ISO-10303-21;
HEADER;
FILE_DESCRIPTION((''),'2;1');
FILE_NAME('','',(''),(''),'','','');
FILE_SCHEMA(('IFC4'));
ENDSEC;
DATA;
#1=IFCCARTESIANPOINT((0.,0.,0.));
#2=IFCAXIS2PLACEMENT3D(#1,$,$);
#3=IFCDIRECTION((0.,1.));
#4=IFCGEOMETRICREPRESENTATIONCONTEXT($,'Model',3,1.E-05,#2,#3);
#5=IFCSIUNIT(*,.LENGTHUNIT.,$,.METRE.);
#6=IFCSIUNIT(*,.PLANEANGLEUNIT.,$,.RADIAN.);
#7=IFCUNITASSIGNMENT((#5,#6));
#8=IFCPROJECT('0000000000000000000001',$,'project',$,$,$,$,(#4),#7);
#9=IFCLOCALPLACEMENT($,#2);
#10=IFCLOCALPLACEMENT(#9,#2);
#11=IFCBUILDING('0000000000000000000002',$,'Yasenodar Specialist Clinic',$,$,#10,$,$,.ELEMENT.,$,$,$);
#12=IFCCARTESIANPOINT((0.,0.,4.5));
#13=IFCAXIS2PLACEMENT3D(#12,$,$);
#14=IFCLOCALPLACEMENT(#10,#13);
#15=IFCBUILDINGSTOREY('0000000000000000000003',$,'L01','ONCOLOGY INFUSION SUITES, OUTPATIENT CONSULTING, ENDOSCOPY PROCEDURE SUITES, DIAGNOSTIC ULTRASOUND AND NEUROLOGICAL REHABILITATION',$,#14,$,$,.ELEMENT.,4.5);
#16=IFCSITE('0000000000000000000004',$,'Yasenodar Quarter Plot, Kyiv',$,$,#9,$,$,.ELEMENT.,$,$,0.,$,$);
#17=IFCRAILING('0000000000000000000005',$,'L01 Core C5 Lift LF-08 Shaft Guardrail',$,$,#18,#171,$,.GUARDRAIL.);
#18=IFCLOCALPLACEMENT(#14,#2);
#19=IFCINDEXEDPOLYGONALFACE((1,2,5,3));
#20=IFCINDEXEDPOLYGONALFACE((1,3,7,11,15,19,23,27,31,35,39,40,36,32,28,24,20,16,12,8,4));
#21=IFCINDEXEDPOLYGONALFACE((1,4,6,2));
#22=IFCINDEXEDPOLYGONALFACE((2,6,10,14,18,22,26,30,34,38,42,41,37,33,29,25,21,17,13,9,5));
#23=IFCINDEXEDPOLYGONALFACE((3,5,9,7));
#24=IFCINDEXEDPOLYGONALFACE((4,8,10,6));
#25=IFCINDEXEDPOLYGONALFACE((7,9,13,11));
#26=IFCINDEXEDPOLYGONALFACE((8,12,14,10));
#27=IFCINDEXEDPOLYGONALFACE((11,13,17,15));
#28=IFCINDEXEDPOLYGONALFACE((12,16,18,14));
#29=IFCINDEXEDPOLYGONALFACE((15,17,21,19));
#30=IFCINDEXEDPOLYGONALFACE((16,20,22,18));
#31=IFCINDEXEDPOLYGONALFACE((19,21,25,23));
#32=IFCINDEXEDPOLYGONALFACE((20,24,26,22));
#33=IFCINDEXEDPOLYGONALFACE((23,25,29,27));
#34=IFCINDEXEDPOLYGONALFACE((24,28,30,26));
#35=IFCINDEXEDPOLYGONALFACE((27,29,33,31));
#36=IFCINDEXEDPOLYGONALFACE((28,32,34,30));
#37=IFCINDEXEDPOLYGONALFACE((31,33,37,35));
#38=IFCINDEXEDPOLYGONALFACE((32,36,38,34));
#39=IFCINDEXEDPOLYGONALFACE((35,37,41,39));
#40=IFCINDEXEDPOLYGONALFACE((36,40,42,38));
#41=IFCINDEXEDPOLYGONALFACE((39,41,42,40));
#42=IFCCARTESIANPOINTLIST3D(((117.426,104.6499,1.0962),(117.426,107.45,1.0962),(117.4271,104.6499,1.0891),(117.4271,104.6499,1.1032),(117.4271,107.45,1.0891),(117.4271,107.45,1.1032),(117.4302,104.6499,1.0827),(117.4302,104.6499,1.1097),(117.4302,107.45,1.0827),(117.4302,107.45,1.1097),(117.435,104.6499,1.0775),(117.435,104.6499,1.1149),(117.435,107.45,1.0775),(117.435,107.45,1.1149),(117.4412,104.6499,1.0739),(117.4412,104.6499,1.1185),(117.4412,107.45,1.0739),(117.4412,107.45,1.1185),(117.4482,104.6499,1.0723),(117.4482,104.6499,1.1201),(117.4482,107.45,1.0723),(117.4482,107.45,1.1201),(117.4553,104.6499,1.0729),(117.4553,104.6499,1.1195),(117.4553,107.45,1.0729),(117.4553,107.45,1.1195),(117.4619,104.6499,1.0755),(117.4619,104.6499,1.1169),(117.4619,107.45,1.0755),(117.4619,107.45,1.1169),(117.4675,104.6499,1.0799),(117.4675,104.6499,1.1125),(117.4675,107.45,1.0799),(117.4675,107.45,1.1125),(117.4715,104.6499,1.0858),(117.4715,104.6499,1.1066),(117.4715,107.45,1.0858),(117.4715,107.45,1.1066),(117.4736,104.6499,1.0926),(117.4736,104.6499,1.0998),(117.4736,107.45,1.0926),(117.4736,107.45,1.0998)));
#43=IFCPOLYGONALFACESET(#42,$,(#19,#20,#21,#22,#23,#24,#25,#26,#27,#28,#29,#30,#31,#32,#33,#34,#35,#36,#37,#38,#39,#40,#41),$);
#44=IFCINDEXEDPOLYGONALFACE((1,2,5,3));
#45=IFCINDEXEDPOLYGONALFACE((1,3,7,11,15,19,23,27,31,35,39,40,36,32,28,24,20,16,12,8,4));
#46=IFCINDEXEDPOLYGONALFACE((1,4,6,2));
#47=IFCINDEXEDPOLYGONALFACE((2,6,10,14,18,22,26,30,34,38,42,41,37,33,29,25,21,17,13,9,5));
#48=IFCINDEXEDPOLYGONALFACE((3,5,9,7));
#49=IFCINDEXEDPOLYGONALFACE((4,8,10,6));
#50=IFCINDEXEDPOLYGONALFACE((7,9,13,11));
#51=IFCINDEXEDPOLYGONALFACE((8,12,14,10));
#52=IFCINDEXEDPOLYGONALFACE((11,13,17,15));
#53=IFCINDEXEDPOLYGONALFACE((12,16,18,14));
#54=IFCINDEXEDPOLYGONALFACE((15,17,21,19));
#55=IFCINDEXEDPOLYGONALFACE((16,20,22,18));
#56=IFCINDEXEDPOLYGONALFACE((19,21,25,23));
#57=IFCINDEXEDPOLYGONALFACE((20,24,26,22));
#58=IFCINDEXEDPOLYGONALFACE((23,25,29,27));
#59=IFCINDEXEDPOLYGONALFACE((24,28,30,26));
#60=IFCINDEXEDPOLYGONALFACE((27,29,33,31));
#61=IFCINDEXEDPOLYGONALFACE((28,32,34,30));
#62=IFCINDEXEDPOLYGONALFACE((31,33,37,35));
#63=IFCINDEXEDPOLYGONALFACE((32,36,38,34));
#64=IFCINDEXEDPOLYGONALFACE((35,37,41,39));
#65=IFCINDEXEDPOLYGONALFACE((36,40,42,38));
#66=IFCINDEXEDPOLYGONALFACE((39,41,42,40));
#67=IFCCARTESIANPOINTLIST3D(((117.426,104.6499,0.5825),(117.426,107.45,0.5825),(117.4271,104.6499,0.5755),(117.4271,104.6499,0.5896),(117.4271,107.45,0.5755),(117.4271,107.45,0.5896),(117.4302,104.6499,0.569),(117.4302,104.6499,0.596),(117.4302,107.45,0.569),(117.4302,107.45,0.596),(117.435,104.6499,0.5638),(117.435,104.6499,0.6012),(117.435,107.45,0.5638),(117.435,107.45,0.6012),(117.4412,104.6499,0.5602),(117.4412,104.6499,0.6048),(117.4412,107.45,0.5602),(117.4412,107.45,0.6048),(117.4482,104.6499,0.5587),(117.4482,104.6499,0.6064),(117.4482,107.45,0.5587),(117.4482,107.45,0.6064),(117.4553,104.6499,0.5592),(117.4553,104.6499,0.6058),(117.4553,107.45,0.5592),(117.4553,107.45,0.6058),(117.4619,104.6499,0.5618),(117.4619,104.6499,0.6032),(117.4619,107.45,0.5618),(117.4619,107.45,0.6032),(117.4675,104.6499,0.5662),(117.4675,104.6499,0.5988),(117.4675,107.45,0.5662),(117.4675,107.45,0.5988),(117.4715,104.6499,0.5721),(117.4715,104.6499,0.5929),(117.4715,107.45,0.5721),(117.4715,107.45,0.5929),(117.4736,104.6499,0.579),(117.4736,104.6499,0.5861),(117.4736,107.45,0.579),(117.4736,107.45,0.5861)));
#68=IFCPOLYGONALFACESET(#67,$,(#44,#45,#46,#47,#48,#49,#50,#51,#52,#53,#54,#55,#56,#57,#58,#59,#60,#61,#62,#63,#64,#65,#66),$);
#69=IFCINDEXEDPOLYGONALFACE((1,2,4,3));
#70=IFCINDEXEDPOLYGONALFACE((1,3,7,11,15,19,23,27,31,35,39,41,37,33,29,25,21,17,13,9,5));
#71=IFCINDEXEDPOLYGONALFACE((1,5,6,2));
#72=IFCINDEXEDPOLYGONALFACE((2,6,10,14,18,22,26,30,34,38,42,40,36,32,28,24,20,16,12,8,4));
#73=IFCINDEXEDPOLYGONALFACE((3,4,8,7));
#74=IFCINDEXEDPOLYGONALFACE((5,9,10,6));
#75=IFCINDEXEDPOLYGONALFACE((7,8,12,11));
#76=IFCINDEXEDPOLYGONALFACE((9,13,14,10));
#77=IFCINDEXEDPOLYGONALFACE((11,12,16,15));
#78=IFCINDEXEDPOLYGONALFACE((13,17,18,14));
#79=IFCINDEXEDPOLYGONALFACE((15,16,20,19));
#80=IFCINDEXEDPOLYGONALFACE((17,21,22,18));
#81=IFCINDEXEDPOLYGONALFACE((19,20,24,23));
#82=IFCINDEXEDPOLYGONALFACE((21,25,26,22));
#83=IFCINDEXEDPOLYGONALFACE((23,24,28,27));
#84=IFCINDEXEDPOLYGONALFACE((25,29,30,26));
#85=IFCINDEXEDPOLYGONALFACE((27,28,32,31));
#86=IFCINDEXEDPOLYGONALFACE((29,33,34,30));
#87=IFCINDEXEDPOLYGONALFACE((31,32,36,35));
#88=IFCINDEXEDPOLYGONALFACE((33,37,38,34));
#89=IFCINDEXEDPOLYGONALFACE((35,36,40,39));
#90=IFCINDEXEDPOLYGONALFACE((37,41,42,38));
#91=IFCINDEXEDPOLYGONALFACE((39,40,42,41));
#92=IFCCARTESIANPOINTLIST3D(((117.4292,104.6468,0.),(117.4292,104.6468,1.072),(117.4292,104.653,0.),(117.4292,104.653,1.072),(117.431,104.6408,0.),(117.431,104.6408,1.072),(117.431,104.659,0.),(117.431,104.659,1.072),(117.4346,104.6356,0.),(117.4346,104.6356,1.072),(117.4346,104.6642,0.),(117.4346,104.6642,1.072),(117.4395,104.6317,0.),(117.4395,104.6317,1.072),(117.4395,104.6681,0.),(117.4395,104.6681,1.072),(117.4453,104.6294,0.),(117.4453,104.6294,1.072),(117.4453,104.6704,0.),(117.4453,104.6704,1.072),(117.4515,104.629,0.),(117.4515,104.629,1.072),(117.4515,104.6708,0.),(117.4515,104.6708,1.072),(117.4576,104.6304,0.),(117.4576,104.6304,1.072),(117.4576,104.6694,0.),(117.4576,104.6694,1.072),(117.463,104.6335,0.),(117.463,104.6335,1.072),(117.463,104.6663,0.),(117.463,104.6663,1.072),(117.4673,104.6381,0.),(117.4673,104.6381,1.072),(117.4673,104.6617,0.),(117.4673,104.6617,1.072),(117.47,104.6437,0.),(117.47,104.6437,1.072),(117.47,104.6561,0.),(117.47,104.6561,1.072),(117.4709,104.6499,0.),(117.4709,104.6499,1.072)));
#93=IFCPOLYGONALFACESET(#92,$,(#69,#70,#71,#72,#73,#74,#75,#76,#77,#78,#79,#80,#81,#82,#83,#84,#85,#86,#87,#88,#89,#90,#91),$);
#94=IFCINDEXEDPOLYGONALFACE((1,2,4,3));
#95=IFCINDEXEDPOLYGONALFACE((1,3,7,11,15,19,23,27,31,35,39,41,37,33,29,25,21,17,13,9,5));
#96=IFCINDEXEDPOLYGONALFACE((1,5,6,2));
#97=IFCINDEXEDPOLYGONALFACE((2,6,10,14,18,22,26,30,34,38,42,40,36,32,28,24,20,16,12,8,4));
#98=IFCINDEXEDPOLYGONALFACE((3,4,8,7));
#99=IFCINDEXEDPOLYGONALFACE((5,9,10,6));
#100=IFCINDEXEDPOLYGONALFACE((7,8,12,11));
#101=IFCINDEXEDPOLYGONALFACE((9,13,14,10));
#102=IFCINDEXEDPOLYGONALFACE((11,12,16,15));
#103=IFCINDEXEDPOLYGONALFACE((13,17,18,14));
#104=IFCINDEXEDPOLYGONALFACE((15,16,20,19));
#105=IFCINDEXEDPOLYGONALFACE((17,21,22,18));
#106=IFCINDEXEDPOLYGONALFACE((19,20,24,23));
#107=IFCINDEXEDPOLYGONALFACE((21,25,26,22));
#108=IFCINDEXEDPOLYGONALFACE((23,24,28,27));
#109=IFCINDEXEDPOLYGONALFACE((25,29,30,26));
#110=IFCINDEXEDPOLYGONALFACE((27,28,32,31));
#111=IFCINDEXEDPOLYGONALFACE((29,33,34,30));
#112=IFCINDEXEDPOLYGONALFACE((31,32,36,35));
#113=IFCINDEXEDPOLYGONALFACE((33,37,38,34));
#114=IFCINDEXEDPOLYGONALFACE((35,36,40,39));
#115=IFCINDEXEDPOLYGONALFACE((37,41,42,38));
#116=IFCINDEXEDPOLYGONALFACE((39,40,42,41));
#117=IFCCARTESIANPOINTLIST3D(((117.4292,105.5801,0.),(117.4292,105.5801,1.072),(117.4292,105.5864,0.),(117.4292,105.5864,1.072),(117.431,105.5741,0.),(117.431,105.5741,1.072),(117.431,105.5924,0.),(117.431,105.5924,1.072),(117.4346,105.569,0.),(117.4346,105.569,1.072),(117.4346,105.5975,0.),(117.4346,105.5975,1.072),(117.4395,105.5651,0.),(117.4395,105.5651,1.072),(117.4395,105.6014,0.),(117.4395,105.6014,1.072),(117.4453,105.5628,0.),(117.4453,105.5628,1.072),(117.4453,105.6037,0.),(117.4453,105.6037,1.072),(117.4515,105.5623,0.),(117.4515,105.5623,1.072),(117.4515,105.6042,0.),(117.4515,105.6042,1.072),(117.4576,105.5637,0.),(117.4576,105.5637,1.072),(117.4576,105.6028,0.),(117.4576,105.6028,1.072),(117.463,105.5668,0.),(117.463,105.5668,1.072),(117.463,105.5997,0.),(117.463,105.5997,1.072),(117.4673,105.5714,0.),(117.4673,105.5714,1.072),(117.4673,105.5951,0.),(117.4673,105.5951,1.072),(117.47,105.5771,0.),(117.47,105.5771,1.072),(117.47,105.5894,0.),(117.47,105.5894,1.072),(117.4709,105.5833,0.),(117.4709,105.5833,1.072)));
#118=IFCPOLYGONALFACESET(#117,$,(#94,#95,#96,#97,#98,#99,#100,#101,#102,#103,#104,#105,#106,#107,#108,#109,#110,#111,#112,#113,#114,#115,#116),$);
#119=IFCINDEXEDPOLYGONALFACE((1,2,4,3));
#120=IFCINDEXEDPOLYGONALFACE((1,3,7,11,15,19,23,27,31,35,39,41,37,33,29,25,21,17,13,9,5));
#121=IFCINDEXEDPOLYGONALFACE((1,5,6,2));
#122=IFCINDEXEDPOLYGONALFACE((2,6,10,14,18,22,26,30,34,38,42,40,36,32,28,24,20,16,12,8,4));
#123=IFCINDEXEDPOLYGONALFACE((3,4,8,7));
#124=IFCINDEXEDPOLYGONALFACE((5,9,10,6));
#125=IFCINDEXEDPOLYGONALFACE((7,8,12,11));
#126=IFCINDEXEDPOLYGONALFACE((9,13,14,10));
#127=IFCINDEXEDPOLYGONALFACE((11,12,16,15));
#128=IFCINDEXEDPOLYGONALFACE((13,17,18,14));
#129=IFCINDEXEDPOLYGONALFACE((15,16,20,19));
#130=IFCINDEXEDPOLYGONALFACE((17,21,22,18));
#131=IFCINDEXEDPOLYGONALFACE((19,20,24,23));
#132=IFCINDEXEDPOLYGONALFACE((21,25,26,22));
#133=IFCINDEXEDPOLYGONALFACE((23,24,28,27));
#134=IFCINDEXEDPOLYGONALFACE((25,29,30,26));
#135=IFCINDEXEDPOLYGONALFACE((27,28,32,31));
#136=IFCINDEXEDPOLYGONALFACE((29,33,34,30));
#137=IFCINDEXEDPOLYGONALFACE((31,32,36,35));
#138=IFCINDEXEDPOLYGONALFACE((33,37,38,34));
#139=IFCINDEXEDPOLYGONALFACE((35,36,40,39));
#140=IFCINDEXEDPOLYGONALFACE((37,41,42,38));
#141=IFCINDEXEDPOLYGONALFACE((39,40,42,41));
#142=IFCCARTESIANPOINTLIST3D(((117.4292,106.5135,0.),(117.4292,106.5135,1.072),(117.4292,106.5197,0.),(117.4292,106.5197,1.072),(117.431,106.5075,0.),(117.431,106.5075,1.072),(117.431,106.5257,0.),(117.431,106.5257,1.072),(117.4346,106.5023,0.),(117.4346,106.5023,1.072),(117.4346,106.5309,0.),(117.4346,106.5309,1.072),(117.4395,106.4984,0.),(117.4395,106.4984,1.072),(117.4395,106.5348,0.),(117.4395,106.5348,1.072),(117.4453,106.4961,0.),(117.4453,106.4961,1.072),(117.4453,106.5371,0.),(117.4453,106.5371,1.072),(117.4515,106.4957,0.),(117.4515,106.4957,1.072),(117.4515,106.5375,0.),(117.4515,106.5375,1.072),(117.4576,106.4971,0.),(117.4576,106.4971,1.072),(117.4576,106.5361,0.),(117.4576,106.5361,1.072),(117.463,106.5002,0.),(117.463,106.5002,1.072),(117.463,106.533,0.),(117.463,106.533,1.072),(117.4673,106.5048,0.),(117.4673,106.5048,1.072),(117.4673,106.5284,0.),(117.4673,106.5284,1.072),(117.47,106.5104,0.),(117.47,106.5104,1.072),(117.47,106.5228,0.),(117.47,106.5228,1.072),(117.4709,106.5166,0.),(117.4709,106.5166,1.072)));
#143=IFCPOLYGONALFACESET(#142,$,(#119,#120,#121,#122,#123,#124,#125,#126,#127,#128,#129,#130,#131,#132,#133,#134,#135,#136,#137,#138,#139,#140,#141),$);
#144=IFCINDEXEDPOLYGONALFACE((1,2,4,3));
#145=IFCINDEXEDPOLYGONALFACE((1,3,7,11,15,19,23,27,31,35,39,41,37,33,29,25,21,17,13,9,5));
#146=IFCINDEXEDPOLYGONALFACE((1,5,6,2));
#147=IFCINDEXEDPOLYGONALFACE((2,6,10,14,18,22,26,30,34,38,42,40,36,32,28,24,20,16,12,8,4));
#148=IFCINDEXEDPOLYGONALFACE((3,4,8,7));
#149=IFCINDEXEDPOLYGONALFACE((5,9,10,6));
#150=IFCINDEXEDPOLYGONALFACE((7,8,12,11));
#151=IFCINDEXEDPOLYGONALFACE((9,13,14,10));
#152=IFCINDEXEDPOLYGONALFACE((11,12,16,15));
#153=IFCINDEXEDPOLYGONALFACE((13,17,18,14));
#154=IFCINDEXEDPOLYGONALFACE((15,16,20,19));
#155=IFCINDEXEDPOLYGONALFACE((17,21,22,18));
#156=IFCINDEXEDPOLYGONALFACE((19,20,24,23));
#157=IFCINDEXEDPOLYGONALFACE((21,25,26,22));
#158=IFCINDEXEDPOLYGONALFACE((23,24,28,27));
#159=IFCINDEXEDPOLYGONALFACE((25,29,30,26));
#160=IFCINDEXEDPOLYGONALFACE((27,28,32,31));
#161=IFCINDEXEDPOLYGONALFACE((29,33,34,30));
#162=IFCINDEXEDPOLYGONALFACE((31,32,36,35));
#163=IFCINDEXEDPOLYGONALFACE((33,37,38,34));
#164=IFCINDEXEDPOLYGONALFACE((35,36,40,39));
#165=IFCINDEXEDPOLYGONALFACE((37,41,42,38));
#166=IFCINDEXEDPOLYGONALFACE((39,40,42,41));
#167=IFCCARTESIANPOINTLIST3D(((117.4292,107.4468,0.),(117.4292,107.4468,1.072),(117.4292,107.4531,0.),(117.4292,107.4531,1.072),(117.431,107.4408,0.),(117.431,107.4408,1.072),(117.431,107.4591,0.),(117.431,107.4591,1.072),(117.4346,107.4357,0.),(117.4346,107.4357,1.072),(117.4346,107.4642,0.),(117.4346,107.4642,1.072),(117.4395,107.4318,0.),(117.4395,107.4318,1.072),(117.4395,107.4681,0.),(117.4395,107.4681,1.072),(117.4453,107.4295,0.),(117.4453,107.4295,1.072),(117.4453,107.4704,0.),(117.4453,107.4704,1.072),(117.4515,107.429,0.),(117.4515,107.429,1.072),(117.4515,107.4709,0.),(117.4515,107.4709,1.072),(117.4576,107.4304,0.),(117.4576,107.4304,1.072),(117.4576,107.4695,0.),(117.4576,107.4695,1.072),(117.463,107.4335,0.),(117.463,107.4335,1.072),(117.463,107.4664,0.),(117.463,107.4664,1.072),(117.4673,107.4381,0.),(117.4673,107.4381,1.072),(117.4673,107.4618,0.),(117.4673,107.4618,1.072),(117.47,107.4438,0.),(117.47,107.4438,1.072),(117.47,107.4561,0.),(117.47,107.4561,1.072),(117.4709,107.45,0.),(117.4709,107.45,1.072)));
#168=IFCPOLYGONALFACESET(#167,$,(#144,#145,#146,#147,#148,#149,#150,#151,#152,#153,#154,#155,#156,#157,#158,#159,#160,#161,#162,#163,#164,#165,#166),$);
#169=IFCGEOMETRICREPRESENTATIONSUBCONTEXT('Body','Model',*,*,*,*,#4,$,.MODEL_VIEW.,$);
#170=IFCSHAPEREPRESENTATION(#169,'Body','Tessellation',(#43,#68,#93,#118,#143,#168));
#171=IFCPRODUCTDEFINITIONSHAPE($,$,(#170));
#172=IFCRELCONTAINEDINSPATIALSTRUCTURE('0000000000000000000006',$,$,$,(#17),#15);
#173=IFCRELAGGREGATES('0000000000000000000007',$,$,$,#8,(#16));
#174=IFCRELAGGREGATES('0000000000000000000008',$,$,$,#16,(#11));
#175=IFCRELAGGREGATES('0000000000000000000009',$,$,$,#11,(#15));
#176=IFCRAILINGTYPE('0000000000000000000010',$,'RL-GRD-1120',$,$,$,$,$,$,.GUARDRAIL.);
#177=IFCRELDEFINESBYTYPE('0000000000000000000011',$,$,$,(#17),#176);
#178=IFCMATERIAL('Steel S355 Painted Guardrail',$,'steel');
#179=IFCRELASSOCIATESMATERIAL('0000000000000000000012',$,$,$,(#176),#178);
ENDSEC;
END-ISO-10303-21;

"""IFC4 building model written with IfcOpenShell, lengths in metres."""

from ifc_helpers import new_model, si_unit, direction, frame, origin, origin_2d, place, context, subcontext, project, spatial, circle, extrude, material, type_object, element, save


model = new_model("IFC4")

# Units and contexts
model_context = context("Model", 3, precision=1e-05, world=origin(), true_north=direction((0.0, 1.0)))
body_context = subcontext(model_context, "Body", "Model", "MODEL_VIEW")
ifc_project = project(units=[si_unit("LENGTHUNIT", "METRE"), si_unit("PLANEANGLEUNIT", "RADIAN")], contexts=[model_context])

# Site, building, storey
site_placement = place(None, origin())
site = spatial("IfcSite", under=ifc_project, at=site_placement, Name="Yasenodar Quarter Plot, Kyiv", CompositionType="ELEMENT", RefElevation=0.0)
building_placement = place(site_placement, origin())
building = spatial("IfcBuilding", under=site, at=building_placement, Name="Yasenodar Specialist Clinic", CompositionType="ELEMENT")
storey_placement = place(building_placement, frame((0.0, 0.0, 4.5)))
storey = spatial("IfcBuildingStorey", under=building, at=storey_placement, Name="L01", Description="ONCOLOGY INFUSION SUITES, OUTPATIENT CONSULTING, ENDOSCOPY PROCEDURE SUITES, DIAGNOSTIC ULTRASOUND AND NEUROLOGICAL REHABILITATION", CompositionType="ELEMENT", Elevation=4.5)

# Railing
ifc_material_1 = material(Name="Steel S355 Painted Guardrail", Category="steel")
railing_type_1 = type_object("IfcRailingType", Name="RL-GRD-1120", PredefinedType="GUARDRAIL", material=ifc_material_1)
railing_1_placement = place(storey_placement, frame((117.45, 104.6499, 0.0)))
element("IfcRailing", 1, at=railing_1_placement, inside=storey, type_object=railing_type_1, Name="L01 Core C5 Lift LF-08 Shaft Guardrail", PredefinedType="GUARDRAIL", context=body_context, shape_type="SweptSolid", body=[
    extrude(circle(Radius=0.0239, at=origin_2d()), frame((0.0, 0.0, 1.0962), z_axis=(0.0, 1.0, 0.0), x_axis=(-1.0, 0.0, 0.0)), (0.0, 0.0, 1.0), 2.8),
    extrude(circle(Radius=0.0239, at=origin_2d()), frame((0.0, 0.0, 0.5825), z_axis=(0.0, 1.0, 0.0), x_axis=(-1.0, 0.0, 0.0)), (0.0, 0.0, 1.0), 2.8),
    extrude(circle(Radius=0.021, at=origin_2d()), origin(), (0.0, 0.0, 1.0), 1.072),
    extrude(circle(Radius=0.021, at=origin_2d()), frame((0.0, 0.9333, 0.0)), (0.0, 0.0, 1.0), 1.072),
    extrude(circle(Radius=0.021, at=origin_2d()), frame((0.0, 1.8667, 0.0)), (0.0, 0.0, 1.0), 1.072),
    extrude(circle(Radius=0.021, at=origin_2d()), frame((0.0, 2.8, 0.0)), (0.0, 0.0, 1.0), 1.072),
])

save(model, "model.ifc")
